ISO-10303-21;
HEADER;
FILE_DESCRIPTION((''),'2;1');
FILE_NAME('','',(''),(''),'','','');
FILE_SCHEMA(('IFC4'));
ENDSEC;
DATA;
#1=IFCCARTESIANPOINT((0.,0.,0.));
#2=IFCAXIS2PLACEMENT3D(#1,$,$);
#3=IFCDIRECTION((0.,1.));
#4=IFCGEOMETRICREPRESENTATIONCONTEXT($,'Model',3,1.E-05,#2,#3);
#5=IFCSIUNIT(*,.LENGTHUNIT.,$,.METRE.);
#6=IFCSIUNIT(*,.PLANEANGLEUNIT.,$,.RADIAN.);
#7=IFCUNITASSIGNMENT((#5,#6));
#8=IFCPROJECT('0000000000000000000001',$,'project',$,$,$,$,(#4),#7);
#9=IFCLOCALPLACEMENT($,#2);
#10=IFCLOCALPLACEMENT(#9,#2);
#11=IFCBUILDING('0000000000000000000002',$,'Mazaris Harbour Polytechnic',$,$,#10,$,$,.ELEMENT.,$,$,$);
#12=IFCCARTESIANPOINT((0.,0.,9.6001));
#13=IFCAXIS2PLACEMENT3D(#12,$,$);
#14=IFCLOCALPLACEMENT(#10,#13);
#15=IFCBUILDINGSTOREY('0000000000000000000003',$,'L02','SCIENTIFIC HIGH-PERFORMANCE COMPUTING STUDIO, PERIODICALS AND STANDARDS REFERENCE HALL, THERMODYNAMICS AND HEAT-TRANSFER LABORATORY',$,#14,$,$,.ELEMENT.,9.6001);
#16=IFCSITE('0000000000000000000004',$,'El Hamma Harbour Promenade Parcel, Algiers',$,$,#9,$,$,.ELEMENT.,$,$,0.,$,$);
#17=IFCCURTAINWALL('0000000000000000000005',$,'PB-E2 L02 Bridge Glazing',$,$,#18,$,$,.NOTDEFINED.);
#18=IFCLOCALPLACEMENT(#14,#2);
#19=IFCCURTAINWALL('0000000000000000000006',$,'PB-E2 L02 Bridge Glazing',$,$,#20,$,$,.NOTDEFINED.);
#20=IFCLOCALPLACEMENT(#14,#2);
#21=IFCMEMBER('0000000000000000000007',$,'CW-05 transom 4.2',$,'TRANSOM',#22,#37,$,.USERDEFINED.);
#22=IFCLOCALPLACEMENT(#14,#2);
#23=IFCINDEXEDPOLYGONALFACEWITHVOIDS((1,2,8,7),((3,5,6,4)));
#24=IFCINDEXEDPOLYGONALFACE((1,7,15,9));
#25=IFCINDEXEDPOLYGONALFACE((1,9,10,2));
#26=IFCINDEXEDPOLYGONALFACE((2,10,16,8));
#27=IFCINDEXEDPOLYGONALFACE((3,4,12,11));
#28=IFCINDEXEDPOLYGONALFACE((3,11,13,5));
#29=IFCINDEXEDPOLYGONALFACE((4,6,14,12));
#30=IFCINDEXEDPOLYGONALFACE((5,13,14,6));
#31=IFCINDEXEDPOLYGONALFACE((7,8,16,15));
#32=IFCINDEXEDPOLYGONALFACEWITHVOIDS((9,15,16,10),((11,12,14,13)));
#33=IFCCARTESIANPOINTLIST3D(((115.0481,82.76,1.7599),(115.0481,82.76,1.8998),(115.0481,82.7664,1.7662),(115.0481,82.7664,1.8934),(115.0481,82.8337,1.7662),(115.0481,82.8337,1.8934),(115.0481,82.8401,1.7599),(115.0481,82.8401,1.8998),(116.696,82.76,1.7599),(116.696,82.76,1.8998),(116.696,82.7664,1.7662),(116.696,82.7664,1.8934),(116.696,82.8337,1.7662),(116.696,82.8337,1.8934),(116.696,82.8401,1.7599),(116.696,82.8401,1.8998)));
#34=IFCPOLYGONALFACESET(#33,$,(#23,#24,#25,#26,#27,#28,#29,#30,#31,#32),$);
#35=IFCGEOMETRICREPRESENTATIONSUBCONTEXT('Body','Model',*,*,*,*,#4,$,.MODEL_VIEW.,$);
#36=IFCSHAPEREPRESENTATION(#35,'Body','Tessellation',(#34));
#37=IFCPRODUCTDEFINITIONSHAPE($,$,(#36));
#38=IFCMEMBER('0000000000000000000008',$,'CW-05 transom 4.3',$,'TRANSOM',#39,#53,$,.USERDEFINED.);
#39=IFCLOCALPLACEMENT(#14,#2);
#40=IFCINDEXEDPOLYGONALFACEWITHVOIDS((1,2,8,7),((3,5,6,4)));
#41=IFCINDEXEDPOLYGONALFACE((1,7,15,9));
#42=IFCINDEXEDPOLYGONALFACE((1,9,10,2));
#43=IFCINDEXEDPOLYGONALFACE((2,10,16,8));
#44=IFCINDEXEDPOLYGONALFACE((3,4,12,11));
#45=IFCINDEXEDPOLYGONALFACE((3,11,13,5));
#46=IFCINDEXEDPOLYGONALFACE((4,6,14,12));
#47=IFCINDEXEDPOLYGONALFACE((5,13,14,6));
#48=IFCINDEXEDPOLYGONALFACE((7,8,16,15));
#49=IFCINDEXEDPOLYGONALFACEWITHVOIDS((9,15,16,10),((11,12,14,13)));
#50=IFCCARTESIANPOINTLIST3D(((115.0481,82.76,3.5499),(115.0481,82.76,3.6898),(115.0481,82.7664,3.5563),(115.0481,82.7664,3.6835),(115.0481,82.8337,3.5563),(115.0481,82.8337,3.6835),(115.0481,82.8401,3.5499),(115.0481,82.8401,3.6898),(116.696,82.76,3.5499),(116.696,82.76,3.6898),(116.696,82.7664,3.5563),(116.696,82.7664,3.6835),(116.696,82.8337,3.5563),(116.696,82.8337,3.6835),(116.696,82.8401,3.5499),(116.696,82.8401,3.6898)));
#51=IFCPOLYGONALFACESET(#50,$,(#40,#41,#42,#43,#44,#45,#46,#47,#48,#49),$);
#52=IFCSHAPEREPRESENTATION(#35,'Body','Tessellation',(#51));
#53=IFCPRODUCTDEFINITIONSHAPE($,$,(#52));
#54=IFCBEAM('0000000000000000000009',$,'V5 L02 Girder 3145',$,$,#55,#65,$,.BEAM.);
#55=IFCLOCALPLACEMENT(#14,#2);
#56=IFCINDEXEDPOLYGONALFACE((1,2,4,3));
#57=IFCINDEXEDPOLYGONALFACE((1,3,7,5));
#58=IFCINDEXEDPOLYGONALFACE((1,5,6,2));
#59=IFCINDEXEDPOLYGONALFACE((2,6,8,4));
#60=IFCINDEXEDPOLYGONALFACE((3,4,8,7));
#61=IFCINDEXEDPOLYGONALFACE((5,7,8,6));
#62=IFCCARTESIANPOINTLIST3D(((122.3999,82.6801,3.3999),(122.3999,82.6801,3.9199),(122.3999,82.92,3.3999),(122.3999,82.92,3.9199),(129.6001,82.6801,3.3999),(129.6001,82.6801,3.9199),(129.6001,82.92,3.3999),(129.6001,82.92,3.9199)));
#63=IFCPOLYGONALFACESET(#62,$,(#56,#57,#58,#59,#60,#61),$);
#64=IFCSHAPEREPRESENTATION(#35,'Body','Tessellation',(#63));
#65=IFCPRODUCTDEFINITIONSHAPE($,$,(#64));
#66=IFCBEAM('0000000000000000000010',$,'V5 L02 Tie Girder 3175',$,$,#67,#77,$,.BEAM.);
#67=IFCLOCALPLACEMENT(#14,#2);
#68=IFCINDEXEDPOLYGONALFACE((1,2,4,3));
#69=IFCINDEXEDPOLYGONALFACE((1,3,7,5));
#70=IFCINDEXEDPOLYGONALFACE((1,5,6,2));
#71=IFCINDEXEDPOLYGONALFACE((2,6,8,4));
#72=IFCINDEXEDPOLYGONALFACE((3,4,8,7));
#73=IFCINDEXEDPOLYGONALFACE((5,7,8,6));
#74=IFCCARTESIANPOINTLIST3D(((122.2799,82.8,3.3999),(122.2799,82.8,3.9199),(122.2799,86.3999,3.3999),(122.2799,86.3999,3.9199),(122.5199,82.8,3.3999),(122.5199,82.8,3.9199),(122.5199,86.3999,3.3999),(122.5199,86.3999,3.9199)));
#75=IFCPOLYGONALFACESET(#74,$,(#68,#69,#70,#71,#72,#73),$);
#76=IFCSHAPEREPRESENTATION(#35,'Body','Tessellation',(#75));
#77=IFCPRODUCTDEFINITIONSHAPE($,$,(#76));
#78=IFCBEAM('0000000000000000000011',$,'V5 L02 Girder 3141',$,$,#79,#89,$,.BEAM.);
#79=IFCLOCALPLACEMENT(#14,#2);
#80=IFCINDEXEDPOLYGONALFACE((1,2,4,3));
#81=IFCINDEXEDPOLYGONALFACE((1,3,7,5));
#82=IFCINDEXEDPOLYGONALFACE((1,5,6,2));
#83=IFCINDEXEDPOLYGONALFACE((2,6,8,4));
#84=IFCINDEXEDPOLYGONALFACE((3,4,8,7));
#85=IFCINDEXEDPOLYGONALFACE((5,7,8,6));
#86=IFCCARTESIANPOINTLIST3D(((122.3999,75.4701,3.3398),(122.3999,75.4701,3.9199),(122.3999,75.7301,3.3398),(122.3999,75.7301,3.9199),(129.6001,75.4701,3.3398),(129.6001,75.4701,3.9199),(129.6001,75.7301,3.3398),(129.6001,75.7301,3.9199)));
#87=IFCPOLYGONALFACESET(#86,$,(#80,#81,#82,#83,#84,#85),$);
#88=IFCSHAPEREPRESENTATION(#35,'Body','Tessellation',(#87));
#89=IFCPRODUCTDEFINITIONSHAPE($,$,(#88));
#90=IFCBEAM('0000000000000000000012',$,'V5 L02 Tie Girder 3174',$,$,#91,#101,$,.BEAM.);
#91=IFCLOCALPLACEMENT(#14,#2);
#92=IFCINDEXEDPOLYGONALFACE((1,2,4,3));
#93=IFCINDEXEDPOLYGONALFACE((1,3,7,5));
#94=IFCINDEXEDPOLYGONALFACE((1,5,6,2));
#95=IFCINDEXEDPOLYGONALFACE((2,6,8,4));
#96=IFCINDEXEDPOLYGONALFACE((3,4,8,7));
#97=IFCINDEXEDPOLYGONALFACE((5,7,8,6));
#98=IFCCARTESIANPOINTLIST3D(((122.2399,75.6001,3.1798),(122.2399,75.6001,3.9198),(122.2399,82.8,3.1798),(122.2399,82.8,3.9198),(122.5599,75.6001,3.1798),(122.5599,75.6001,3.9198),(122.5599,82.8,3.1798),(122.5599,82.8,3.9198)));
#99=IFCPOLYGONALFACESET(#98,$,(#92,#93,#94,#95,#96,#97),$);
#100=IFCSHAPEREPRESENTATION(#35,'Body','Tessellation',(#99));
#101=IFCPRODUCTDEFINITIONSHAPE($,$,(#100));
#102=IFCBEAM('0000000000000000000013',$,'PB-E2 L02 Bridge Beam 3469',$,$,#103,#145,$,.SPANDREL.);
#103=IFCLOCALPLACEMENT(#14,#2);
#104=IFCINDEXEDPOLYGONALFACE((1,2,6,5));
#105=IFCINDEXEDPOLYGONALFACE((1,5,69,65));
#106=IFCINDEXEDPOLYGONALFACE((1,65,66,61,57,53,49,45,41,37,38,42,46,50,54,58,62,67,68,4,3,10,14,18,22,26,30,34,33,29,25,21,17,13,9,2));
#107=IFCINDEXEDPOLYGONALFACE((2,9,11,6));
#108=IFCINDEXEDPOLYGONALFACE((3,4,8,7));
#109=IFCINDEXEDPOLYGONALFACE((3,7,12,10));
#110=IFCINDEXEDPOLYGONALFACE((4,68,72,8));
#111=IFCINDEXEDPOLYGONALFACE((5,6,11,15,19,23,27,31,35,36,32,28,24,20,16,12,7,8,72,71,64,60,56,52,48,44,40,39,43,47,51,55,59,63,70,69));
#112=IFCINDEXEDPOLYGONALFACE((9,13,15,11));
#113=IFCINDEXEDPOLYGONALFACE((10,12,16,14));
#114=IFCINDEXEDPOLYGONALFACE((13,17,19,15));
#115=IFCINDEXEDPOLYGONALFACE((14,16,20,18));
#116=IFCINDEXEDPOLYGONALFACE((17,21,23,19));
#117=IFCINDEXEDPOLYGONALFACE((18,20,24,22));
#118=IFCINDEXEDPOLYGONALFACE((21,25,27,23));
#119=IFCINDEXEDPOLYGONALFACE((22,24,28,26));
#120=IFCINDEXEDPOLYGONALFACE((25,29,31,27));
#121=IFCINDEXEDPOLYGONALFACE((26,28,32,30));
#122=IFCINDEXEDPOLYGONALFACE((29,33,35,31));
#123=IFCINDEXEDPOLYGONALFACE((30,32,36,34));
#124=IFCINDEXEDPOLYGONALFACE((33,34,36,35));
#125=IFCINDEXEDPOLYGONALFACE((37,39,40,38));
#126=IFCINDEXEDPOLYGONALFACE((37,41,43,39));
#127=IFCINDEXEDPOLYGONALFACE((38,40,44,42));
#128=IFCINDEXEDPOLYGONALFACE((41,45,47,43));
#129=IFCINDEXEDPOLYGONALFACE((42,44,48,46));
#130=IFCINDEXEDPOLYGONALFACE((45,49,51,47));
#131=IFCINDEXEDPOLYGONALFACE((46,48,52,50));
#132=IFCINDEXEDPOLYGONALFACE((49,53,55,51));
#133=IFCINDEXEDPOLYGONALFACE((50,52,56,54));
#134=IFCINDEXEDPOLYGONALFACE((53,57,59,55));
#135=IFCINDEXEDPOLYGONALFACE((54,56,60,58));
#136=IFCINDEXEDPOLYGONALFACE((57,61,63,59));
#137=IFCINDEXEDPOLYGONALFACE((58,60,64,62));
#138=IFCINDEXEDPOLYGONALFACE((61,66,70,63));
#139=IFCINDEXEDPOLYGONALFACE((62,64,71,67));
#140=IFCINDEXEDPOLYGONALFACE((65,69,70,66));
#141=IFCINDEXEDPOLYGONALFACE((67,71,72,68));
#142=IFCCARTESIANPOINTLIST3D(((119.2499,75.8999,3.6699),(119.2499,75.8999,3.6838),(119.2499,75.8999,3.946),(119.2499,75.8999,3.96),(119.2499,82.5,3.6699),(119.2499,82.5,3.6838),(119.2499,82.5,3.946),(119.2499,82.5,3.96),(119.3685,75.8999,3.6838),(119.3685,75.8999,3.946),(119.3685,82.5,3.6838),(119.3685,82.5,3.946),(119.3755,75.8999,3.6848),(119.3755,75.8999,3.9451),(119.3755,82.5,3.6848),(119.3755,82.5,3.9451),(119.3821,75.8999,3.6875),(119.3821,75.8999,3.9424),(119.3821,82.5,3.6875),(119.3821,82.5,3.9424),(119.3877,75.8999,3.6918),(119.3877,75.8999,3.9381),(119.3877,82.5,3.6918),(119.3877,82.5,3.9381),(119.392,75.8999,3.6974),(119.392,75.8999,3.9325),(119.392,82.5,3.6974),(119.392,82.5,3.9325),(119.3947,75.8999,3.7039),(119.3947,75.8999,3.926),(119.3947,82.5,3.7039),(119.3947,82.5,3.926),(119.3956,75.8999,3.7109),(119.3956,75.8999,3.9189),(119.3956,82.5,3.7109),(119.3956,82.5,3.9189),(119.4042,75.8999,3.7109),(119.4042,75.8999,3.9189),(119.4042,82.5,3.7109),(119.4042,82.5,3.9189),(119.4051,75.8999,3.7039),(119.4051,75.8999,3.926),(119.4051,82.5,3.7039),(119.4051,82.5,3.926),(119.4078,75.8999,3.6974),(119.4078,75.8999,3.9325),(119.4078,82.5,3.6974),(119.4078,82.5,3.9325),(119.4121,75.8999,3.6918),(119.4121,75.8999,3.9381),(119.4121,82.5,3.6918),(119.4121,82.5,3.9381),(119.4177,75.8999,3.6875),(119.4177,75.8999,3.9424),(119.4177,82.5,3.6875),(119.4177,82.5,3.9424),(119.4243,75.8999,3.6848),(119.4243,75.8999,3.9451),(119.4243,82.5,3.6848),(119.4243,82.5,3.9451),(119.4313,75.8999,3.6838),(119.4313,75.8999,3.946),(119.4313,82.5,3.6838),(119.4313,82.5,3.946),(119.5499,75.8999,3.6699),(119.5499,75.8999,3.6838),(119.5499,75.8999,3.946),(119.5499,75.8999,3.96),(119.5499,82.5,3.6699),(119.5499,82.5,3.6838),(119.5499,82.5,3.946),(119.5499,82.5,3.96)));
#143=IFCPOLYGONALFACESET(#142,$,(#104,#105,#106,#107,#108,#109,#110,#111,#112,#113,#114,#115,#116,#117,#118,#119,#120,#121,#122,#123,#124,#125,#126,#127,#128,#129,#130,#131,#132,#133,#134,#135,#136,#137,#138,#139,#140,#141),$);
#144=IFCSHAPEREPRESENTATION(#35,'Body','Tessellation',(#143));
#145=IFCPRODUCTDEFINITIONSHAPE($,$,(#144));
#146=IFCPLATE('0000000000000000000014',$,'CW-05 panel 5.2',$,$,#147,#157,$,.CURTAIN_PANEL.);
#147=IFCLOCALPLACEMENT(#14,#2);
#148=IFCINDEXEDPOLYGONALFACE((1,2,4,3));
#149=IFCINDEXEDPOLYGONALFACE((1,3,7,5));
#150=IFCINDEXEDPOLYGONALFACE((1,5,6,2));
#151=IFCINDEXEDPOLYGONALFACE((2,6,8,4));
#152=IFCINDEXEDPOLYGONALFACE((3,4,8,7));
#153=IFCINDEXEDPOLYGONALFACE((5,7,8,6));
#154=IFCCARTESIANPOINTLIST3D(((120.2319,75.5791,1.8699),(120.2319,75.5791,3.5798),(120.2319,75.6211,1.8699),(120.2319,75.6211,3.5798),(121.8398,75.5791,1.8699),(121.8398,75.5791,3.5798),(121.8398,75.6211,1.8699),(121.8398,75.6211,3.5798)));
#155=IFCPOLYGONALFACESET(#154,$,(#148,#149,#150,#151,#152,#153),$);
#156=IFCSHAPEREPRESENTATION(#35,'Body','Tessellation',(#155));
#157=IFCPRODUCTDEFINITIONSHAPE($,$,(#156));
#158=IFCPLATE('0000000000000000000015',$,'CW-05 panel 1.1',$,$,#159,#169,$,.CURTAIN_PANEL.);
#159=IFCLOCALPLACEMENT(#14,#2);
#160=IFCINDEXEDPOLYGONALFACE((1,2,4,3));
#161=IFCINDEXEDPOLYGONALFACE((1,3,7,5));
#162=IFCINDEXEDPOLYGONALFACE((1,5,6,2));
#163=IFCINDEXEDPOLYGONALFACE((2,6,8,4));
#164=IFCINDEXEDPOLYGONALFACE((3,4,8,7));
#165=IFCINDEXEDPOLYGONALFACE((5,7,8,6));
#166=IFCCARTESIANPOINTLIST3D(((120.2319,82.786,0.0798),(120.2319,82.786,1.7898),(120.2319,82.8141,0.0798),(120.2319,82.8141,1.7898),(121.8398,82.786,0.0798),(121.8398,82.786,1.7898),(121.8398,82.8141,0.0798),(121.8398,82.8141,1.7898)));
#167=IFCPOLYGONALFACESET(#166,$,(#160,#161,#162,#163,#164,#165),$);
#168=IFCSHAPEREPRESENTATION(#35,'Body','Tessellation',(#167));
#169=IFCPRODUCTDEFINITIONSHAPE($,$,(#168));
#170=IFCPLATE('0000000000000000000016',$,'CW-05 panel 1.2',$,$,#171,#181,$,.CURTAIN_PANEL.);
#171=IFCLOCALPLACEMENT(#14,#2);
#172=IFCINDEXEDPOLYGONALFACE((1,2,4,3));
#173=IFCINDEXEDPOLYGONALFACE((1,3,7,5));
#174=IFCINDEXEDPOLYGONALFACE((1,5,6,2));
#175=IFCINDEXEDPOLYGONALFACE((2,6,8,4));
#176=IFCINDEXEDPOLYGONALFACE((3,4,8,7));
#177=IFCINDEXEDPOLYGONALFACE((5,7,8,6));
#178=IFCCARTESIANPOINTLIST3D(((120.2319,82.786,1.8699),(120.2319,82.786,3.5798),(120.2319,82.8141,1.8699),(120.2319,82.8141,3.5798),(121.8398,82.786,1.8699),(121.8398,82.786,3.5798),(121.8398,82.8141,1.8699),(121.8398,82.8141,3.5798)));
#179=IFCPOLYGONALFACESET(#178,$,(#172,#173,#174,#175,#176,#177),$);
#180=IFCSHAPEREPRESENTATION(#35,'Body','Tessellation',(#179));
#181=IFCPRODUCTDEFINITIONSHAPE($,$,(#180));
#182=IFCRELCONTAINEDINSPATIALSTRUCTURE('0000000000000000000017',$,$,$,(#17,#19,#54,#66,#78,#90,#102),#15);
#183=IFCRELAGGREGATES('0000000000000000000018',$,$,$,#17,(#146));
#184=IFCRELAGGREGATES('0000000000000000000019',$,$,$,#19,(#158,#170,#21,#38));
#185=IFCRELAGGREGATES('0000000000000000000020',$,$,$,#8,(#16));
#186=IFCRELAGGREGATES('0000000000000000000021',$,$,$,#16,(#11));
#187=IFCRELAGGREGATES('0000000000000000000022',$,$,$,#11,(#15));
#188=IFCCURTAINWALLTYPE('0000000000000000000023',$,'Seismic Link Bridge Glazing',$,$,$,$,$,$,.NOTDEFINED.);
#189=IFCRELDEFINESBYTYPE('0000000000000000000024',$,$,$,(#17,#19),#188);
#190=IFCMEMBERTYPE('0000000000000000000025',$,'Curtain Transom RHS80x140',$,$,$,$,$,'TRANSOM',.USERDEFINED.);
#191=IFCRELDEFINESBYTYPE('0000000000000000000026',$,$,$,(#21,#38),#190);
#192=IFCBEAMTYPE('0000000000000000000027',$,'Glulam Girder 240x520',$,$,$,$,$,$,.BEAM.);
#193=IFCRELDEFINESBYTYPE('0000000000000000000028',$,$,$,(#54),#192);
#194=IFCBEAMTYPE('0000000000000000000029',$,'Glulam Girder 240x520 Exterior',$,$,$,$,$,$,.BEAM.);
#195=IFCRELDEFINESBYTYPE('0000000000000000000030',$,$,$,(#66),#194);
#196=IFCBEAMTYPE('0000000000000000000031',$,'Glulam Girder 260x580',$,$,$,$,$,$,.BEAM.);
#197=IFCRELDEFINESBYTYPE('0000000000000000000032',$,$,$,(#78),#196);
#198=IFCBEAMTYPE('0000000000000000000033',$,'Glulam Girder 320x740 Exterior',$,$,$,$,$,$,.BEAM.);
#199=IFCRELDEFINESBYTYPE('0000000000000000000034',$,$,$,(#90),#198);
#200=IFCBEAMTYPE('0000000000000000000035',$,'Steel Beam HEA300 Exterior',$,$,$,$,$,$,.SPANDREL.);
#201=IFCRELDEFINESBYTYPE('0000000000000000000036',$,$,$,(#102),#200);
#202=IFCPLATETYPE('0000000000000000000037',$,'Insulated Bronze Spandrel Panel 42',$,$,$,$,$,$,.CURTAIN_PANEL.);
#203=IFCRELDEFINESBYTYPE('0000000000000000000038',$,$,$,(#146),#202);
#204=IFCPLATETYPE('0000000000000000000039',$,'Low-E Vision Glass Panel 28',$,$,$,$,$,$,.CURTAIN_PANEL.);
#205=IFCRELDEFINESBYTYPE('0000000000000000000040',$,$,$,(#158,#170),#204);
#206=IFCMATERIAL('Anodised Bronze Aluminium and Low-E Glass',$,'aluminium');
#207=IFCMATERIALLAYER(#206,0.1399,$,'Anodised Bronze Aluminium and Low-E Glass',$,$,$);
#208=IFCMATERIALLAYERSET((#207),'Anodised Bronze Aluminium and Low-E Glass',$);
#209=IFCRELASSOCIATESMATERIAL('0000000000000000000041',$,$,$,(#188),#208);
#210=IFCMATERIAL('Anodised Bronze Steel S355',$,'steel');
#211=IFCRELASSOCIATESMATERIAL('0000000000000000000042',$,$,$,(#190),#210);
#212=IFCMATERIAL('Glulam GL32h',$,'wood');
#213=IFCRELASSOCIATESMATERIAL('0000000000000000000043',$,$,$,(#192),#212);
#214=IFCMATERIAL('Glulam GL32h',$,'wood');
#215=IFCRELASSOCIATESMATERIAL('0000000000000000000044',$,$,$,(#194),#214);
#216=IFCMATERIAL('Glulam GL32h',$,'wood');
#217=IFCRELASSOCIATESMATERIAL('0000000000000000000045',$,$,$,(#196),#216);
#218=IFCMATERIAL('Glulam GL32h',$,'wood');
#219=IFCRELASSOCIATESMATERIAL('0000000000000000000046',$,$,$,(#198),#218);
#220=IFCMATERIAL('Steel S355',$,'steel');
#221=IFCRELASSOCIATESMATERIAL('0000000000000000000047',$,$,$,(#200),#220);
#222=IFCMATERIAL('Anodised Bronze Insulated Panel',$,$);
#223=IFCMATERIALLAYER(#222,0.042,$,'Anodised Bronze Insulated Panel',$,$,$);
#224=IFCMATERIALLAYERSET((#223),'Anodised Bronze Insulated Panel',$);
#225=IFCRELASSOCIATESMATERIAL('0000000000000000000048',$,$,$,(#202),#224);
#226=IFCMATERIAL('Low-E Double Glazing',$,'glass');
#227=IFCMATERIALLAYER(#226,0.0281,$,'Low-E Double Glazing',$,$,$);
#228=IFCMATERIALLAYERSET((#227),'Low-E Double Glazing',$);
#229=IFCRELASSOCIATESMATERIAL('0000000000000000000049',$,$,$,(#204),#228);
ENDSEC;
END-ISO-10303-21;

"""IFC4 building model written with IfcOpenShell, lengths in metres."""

from ifc_helpers import new_model, si_unit, direction, frame, origin, origin_2d, place, context, subcontext, project, spatial, rectangle, hollow_rectangle, i_section, extrude, material, layer, layer_set, material_profile, profile_set, type_object, element, aggregate, save


model = new_model("IFC4")

# Units and contexts
model_context = context("Model", 3, precision=1e-05, world=origin(), true_north=direction((0.0, 1.0)))
body_context = subcontext(model_context, "Body", "Model", "MODEL_VIEW")
ifc_project = project(units=[si_unit("LENGTHUNIT", "METRE"), si_unit("PLANEANGLEUNIT", "RADIAN")], contexts=[model_context])

# Site, building, storey
site_placement = place(None, origin())
site = spatial("IfcSite", under=ifc_project, at=site_placement, Name="El Hamma Harbour Promenade Parcel, Algiers", CompositionType="ELEMENT", RefElevation=0.0)
building_placement = place(site_placement, origin())
building = spatial("IfcBuilding", under=site, at=building_placement, Name="Mazaris Harbour Polytechnic", CompositionType="ELEMENT")
storey_placement = place(building_placement, frame((0.0, 0.0, 9.6001)))
storey = spatial("IfcBuildingStorey", under=building, at=storey_placement, Name="L02", Description="SCIENTIFIC HIGH-PERFORMANCE COMPUTING STUDIO, PERIODICALS AND STANDARDS REFERENCE HALL, THERMODYNAMICS AND HEAT-TRANSFER LABORATORY", CompositionType="ELEMENT", Elevation=9.6001)

# Curtain wall
ifc_material_1 = material(Name="Anodised Bronze Aluminium and Low-E Glass", Category="aluminium")
ifc_layer_1 = layer(ifc_material_1, 0.1399, Name="Anodised Bronze Aluminium and Low-E Glass")
ifc_layer_set_1 = layer_set([ifc_layer_1], Name="Anodised Bronze Aluminium and Low-E Glass")
curtain_wall_type = type_object("IfcCurtainWallType", Name="Seismic Link Bridge Glazing", PredefinedType="NOTDEFINED", material=ifc_layer_set_1)
curtain_wall_1_placement = place(storey_placement, origin())
curtain_wall_1 = element("IfcCurtainWall", 1, at=curtain_wall_1_placement, inside=storey, type_object=curtain_wall_type, Name="PB-E2 L02 Bridge Glazing", PredefinedType="NOTDEFINED")

# Curtain wall, members
curtain_wall_2_placement = place(storey_placement, origin())
curtain_wall_2 = element("IfcCurtainWall", 2, at=curtain_wall_2_placement, inside=storey, type_object=curtain_wall_type, Name="PB-E2 L02 Bridge Glazing", PredefinedType="NOTDEFINED")
ifc_material_2 = material(Name="Anodised Bronze Steel S355", Category="steel")
ifc_material_profile_1 = material_profile(ifc_material_2, hollow_rectangle(XDim=0.0801, YDim=0.1399, WallThickness=0.0063, at=origin_2d()), Name="RHS 80x140x6.3")
ifc_profile_set_1 = profile_set([ifc_material_profile_1], Name="Anodised Bronze Steel S355")
member_type_1 = type_object("IfcMemberType", Name="Curtain Transom RHS80x140", ElementType="TRANSOM", PredefinedType="USERDEFINED", material=ifc_profile_set_1)
member_1_placement = place(storey_placement, frame((116.696, 82.8, 1.8298), z_axis=(-1.0, 0.0, 0.0), x_axis=(0.0, -1.0, 0.0)))
member_1 = element("IfcMember", 3, at=member_1_placement, type_object=member_type_1, Name="CW-05 transom 4.2", ObjectType="TRANSOM", PredefinedType="USERDEFINED", context=body_context, shape_type="SweptSolid", body=[
    extrude(hollow_rectangle(XDim=0.0801, YDim=0.1399, WallThickness=0.0063, at=origin_2d()), origin(), (0.0, 0.0, 1.0), 1.6479),
])
member_2_placement = place(storey_placement, frame((116.696, 82.8, 3.6199), z_axis=(-1.0, 0.0, 0.0), x_axis=(0.0, -1.0, 0.0)))
member_2 = element("IfcMember", 4, at=member_2_placement, type_object=member_type_1, Name="CW-05 transom 4.3", ObjectType="TRANSOM", PredefinedType="USERDEFINED", context=body_context, shape_type="SweptSolid", body=[
    extrude(hollow_rectangle(XDim=0.0801, YDim=0.1399, WallThickness=0.0063, at=origin_2d()), origin(), (0.0, 0.0, 1.0), 1.6479),
])

# Beams
ifc_material_3 = material(Name="Glulam GL32h", Category="wood")
ifc_material_profile_2 = material_profile(ifc_material_3, rectangle(XDim=0.24, YDim=0.52, at=origin_2d()), Name="RECT240x520")
ifc_profile_set_2 = profile_set([ifc_material_profile_2], Name="Glulam GL32h")
beam_type_1 = type_object("IfcBeamType", Name="Glulam Girder 240x520", PredefinedType="BEAM", material=ifc_profile_set_2)
beam_1_placement = place(storey_placement, frame((122.3999, 82.8, 3.6599), z_axis=(1.0, 0.0, 0.0), x_axis=(0.0, 1.0, 0.0)))
element("IfcBeam", 5, at=beam_1_placement, inside=storey, type_object=beam_type_1, Name="V5 L02 Girder 3145", PredefinedType="BEAM", context=body_context, shape_type="SweptSolid", body=[
    extrude(rectangle(XDim=0.24, YDim=0.52, at=origin_2d()), origin(), (0.0, 0.0, 1.0), 7.2002),
])
ifc_material_4 = material(Name="Glulam GL32h", Category="wood")
ifc_material_profile_3 = material_profile(ifc_material_4, rectangle(XDim=0.24, YDim=0.52, at=origin_2d()), Name="RECT240x520")
ifc_profile_set_3 = profile_set([ifc_material_profile_3], Name="Glulam GL32h")
beam_type_2 = type_object("IfcBeamType", Name="Glulam Girder 240x520 Exterior", PredefinedType="BEAM", material=ifc_profile_set_3)
beam_2_placement = place(storey_placement, frame((122.3999, 82.8, 3.6599), z_axis=(0.0, 1.0, 0.0), x_axis=(-1.0, 0.0, 0.0)))
element("IfcBeam", 6, at=beam_2_placement, inside=storey, type_object=beam_type_2, Name="V5 L02 Tie Girder 3175", PredefinedType="BEAM", context=body_context, shape_type="SweptSolid", body=[
    extrude(rectangle(XDim=0.24, YDim=0.52, at=origin_2d()), origin(), (0.0, 0.0, 1.0), 3.5999),
])
ifc_material_5 = material(Name="Glulam GL32h", Category="wood")
ifc_material_profile_4 = material_profile(ifc_material_5, rectangle(XDim=0.26, YDim=0.5801, at=origin_2d()), Name="RECT260x580")
ifc_profile_set_4 = profile_set([ifc_material_profile_4], Name="Glulam GL32h")
beam_type_3 = type_object("IfcBeamType", Name="Glulam Girder 260x580", PredefinedType="BEAM", material=ifc_profile_set_4)
beam_3_placement = place(storey_placement, frame((122.3999, 75.6001, 3.6299), z_axis=(1.0, 0.0, 0.0), x_axis=(0.0, 1.0, 0.0)))
element("IfcBeam", 7, at=beam_3_placement, inside=storey, type_object=beam_type_3, Name="V5 L02 Girder 3141", PredefinedType="BEAM", context=body_context, shape_type="SweptSolid", body=[
    extrude(rectangle(XDim=0.26, YDim=0.5801, at=origin_2d()), origin(), (0.0, 0.0, 1.0), 7.2002),
])
ifc_material_6 = material(Name="Glulam GL32h", Category="wood")
ifc_material_profile_5 = material_profile(ifc_material_6, rectangle(XDim=0.3201, YDim=0.74, at=origin_2d()), Name="RECT320x740")
ifc_profile_set_5 = profile_set([ifc_material_profile_5], Name="Glulam GL32h")
beam_type_4 = type_object("IfcBeamType", Name="Glulam Girder 320x740 Exterior", PredefinedType="BEAM", material=ifc_profile_set_5)
beam_4_placement = place(storey_placement, frame((122.3999, 75.6001, 3.5498), z_axis=(0.0, 1.0, 0.0), x_axis=(-1.0, 0.0, 0.0)))
element("IfcBeam", 8, at=beam_4_placement, inside=storey, type_object=beam_type_4, Name="V5 L02 Tie Girder 3174", PredefinedType="BEAM", context=body_context, shape_type="SweptSolid", body=[
    extrude(rectangle(XDim=0.3201, YDim=0.74, at=origin_2d()), origin(), (0.0, 0.0, 1.0), 7.2),
])
ifc_material_7 = material(Name="Steel S355", Category="steel")
ifc_material_profile_6 = material_profile(ifc_material_7, i_section(OverallWidth=0.3, OverallDepth=0.29, WebThickness=0.0085, FlangeThickness=0.0139, FilletRadius=0.0271, at=origin_2d()), Name="HEA 300")
ifc_profile_set_6 = profile_set([ifc_material_profile_6], Name="Steel S355")
beam_type_5 = type_object("IfcBeamType", Name="Steel Beam HEA300 Exterior", PredefinedType="SPANDREL", material=ifc_profile_set_6)
beam_5_placement = place(storey_placement, frame((119.3999, 75.8999, 3.8149), z_axis=(0.0, 1.0, 0.0), x_axis=(-1.0, 0.0, 0.0)))
element("IfcBeam", 9, at=beam_5_placement, inside=storey, type_object=beam_type_5, Name="PB-E2 L02 Bridge Beam 3469", PredefinedType="SPANDREL", context=body_context, shape_type="SweptSolid", body=[
    extrude(i_section(OverallWidth=0.3, OverallDepth=0.29, WebThickness=0.0085, FlangeThickness=0.0139, FilletRadius=0.0271, at=origin_2d()), origin(), (0.0, 0.0, 1.0), 6.6001),
])

# Plates
ifc_material_8 = material(Name="Anodised Bronze Insulated Panel")
ifc_layer_2 = layer(ifc_material_8, 0.042, Name="Anodised Bronze Insulated Panel")
ifc_layer_set_2 = layer_set([ifc_layer_2], Name="Anodised Bronze Insulated Panel")
plate_type_1 = type_object("IfcPlateType", Name="Insulated Bronze Spandrel Panel 42", PredefinedType="CURTAIN_PANEL", material=ifc_layer_set_2)
plate_1_placement = place(storey_placement, frame((121.0359, 75.6001, 1.8699), z_axis=(0.0, 0.0, 1.0), x_axis=(1.0, 0.0, 0.0)))
plate_1 = element("IfcPlate", 10, at=plate_1_placement, type_object=plate_type_1, Name="CW-05 panel 5.2", PredefinedType="CURTAIN_PANEL", context=body_context, shape_type="SweptSolid", body=[
    extrude(rectangle(XDim=1.6079, YDim=0.042, at=origin_2d()), origin(), (0.0, 0.0, 1.0), 1.71),
])
aggregate(curtain_wall_1, [plate_1])
ifc_material_9 = material(Name="Low-E Double Glazing", Category="glass")
ifc_layer_3 = layer(ifc_material_9, 0.0281, Name="Low-E Double Glazing")
ifc_layer_set_3 = layer_set([ifc_layer_3], Name="Low-E Double Glazing")
plate_type_2 = type_object("IfcPlateType", Name="Low-E Vision Glass Panel 28", PredefinedType="CURTAIN_PANEL", material=ifc_layer_set_3)
plate_2_placement = place(storey_placement, frame((121.0359, 82.8, 0.0798), z_axis=(0.0, 0.0, 1.0), x_axis=(-1.0, 0.0, 0.0)))
plate_2 = element("IfcPlate", 11, at=plate_2_placement, type_object=plate_type_2, Name="CW-05 panel 1.1", PredefinedType="CURTAIN_PANEL", context=body_context, shape_type="SweptSolid", body=[
    extrude(rectangle(XDim=1.6079, YDim=0.0281, at=origin_2d()), origin(), (0.0, 0.0, 1.0), 1.71),
])
plate_3_placement = place(storey_placement, frame((121.0359, 82.8, 1.8699), z_axis=(0.0, 0.0, 1.0), x_axis=(-1.0, 0.0, 0.0)))
plate_3 = element("IfcPlate", 12, at=plate_3_placement, type_object=plate_type_2, Name="CW-05 panel 1.2", PredefinedType="CURTAIN_PANEL", context=body_context, shape_type="SweptSolid", body=[
    extrude(rectangle(XDim=1.6079, YDim=0.0281, at=origin_2d()), origin(), (0.0, 0.0, 1.0), 1.71),
])
aggregate(curtain_wall_2, [plate_2, plate_3, member_1, member_2])

save(model, "model.ifc")
